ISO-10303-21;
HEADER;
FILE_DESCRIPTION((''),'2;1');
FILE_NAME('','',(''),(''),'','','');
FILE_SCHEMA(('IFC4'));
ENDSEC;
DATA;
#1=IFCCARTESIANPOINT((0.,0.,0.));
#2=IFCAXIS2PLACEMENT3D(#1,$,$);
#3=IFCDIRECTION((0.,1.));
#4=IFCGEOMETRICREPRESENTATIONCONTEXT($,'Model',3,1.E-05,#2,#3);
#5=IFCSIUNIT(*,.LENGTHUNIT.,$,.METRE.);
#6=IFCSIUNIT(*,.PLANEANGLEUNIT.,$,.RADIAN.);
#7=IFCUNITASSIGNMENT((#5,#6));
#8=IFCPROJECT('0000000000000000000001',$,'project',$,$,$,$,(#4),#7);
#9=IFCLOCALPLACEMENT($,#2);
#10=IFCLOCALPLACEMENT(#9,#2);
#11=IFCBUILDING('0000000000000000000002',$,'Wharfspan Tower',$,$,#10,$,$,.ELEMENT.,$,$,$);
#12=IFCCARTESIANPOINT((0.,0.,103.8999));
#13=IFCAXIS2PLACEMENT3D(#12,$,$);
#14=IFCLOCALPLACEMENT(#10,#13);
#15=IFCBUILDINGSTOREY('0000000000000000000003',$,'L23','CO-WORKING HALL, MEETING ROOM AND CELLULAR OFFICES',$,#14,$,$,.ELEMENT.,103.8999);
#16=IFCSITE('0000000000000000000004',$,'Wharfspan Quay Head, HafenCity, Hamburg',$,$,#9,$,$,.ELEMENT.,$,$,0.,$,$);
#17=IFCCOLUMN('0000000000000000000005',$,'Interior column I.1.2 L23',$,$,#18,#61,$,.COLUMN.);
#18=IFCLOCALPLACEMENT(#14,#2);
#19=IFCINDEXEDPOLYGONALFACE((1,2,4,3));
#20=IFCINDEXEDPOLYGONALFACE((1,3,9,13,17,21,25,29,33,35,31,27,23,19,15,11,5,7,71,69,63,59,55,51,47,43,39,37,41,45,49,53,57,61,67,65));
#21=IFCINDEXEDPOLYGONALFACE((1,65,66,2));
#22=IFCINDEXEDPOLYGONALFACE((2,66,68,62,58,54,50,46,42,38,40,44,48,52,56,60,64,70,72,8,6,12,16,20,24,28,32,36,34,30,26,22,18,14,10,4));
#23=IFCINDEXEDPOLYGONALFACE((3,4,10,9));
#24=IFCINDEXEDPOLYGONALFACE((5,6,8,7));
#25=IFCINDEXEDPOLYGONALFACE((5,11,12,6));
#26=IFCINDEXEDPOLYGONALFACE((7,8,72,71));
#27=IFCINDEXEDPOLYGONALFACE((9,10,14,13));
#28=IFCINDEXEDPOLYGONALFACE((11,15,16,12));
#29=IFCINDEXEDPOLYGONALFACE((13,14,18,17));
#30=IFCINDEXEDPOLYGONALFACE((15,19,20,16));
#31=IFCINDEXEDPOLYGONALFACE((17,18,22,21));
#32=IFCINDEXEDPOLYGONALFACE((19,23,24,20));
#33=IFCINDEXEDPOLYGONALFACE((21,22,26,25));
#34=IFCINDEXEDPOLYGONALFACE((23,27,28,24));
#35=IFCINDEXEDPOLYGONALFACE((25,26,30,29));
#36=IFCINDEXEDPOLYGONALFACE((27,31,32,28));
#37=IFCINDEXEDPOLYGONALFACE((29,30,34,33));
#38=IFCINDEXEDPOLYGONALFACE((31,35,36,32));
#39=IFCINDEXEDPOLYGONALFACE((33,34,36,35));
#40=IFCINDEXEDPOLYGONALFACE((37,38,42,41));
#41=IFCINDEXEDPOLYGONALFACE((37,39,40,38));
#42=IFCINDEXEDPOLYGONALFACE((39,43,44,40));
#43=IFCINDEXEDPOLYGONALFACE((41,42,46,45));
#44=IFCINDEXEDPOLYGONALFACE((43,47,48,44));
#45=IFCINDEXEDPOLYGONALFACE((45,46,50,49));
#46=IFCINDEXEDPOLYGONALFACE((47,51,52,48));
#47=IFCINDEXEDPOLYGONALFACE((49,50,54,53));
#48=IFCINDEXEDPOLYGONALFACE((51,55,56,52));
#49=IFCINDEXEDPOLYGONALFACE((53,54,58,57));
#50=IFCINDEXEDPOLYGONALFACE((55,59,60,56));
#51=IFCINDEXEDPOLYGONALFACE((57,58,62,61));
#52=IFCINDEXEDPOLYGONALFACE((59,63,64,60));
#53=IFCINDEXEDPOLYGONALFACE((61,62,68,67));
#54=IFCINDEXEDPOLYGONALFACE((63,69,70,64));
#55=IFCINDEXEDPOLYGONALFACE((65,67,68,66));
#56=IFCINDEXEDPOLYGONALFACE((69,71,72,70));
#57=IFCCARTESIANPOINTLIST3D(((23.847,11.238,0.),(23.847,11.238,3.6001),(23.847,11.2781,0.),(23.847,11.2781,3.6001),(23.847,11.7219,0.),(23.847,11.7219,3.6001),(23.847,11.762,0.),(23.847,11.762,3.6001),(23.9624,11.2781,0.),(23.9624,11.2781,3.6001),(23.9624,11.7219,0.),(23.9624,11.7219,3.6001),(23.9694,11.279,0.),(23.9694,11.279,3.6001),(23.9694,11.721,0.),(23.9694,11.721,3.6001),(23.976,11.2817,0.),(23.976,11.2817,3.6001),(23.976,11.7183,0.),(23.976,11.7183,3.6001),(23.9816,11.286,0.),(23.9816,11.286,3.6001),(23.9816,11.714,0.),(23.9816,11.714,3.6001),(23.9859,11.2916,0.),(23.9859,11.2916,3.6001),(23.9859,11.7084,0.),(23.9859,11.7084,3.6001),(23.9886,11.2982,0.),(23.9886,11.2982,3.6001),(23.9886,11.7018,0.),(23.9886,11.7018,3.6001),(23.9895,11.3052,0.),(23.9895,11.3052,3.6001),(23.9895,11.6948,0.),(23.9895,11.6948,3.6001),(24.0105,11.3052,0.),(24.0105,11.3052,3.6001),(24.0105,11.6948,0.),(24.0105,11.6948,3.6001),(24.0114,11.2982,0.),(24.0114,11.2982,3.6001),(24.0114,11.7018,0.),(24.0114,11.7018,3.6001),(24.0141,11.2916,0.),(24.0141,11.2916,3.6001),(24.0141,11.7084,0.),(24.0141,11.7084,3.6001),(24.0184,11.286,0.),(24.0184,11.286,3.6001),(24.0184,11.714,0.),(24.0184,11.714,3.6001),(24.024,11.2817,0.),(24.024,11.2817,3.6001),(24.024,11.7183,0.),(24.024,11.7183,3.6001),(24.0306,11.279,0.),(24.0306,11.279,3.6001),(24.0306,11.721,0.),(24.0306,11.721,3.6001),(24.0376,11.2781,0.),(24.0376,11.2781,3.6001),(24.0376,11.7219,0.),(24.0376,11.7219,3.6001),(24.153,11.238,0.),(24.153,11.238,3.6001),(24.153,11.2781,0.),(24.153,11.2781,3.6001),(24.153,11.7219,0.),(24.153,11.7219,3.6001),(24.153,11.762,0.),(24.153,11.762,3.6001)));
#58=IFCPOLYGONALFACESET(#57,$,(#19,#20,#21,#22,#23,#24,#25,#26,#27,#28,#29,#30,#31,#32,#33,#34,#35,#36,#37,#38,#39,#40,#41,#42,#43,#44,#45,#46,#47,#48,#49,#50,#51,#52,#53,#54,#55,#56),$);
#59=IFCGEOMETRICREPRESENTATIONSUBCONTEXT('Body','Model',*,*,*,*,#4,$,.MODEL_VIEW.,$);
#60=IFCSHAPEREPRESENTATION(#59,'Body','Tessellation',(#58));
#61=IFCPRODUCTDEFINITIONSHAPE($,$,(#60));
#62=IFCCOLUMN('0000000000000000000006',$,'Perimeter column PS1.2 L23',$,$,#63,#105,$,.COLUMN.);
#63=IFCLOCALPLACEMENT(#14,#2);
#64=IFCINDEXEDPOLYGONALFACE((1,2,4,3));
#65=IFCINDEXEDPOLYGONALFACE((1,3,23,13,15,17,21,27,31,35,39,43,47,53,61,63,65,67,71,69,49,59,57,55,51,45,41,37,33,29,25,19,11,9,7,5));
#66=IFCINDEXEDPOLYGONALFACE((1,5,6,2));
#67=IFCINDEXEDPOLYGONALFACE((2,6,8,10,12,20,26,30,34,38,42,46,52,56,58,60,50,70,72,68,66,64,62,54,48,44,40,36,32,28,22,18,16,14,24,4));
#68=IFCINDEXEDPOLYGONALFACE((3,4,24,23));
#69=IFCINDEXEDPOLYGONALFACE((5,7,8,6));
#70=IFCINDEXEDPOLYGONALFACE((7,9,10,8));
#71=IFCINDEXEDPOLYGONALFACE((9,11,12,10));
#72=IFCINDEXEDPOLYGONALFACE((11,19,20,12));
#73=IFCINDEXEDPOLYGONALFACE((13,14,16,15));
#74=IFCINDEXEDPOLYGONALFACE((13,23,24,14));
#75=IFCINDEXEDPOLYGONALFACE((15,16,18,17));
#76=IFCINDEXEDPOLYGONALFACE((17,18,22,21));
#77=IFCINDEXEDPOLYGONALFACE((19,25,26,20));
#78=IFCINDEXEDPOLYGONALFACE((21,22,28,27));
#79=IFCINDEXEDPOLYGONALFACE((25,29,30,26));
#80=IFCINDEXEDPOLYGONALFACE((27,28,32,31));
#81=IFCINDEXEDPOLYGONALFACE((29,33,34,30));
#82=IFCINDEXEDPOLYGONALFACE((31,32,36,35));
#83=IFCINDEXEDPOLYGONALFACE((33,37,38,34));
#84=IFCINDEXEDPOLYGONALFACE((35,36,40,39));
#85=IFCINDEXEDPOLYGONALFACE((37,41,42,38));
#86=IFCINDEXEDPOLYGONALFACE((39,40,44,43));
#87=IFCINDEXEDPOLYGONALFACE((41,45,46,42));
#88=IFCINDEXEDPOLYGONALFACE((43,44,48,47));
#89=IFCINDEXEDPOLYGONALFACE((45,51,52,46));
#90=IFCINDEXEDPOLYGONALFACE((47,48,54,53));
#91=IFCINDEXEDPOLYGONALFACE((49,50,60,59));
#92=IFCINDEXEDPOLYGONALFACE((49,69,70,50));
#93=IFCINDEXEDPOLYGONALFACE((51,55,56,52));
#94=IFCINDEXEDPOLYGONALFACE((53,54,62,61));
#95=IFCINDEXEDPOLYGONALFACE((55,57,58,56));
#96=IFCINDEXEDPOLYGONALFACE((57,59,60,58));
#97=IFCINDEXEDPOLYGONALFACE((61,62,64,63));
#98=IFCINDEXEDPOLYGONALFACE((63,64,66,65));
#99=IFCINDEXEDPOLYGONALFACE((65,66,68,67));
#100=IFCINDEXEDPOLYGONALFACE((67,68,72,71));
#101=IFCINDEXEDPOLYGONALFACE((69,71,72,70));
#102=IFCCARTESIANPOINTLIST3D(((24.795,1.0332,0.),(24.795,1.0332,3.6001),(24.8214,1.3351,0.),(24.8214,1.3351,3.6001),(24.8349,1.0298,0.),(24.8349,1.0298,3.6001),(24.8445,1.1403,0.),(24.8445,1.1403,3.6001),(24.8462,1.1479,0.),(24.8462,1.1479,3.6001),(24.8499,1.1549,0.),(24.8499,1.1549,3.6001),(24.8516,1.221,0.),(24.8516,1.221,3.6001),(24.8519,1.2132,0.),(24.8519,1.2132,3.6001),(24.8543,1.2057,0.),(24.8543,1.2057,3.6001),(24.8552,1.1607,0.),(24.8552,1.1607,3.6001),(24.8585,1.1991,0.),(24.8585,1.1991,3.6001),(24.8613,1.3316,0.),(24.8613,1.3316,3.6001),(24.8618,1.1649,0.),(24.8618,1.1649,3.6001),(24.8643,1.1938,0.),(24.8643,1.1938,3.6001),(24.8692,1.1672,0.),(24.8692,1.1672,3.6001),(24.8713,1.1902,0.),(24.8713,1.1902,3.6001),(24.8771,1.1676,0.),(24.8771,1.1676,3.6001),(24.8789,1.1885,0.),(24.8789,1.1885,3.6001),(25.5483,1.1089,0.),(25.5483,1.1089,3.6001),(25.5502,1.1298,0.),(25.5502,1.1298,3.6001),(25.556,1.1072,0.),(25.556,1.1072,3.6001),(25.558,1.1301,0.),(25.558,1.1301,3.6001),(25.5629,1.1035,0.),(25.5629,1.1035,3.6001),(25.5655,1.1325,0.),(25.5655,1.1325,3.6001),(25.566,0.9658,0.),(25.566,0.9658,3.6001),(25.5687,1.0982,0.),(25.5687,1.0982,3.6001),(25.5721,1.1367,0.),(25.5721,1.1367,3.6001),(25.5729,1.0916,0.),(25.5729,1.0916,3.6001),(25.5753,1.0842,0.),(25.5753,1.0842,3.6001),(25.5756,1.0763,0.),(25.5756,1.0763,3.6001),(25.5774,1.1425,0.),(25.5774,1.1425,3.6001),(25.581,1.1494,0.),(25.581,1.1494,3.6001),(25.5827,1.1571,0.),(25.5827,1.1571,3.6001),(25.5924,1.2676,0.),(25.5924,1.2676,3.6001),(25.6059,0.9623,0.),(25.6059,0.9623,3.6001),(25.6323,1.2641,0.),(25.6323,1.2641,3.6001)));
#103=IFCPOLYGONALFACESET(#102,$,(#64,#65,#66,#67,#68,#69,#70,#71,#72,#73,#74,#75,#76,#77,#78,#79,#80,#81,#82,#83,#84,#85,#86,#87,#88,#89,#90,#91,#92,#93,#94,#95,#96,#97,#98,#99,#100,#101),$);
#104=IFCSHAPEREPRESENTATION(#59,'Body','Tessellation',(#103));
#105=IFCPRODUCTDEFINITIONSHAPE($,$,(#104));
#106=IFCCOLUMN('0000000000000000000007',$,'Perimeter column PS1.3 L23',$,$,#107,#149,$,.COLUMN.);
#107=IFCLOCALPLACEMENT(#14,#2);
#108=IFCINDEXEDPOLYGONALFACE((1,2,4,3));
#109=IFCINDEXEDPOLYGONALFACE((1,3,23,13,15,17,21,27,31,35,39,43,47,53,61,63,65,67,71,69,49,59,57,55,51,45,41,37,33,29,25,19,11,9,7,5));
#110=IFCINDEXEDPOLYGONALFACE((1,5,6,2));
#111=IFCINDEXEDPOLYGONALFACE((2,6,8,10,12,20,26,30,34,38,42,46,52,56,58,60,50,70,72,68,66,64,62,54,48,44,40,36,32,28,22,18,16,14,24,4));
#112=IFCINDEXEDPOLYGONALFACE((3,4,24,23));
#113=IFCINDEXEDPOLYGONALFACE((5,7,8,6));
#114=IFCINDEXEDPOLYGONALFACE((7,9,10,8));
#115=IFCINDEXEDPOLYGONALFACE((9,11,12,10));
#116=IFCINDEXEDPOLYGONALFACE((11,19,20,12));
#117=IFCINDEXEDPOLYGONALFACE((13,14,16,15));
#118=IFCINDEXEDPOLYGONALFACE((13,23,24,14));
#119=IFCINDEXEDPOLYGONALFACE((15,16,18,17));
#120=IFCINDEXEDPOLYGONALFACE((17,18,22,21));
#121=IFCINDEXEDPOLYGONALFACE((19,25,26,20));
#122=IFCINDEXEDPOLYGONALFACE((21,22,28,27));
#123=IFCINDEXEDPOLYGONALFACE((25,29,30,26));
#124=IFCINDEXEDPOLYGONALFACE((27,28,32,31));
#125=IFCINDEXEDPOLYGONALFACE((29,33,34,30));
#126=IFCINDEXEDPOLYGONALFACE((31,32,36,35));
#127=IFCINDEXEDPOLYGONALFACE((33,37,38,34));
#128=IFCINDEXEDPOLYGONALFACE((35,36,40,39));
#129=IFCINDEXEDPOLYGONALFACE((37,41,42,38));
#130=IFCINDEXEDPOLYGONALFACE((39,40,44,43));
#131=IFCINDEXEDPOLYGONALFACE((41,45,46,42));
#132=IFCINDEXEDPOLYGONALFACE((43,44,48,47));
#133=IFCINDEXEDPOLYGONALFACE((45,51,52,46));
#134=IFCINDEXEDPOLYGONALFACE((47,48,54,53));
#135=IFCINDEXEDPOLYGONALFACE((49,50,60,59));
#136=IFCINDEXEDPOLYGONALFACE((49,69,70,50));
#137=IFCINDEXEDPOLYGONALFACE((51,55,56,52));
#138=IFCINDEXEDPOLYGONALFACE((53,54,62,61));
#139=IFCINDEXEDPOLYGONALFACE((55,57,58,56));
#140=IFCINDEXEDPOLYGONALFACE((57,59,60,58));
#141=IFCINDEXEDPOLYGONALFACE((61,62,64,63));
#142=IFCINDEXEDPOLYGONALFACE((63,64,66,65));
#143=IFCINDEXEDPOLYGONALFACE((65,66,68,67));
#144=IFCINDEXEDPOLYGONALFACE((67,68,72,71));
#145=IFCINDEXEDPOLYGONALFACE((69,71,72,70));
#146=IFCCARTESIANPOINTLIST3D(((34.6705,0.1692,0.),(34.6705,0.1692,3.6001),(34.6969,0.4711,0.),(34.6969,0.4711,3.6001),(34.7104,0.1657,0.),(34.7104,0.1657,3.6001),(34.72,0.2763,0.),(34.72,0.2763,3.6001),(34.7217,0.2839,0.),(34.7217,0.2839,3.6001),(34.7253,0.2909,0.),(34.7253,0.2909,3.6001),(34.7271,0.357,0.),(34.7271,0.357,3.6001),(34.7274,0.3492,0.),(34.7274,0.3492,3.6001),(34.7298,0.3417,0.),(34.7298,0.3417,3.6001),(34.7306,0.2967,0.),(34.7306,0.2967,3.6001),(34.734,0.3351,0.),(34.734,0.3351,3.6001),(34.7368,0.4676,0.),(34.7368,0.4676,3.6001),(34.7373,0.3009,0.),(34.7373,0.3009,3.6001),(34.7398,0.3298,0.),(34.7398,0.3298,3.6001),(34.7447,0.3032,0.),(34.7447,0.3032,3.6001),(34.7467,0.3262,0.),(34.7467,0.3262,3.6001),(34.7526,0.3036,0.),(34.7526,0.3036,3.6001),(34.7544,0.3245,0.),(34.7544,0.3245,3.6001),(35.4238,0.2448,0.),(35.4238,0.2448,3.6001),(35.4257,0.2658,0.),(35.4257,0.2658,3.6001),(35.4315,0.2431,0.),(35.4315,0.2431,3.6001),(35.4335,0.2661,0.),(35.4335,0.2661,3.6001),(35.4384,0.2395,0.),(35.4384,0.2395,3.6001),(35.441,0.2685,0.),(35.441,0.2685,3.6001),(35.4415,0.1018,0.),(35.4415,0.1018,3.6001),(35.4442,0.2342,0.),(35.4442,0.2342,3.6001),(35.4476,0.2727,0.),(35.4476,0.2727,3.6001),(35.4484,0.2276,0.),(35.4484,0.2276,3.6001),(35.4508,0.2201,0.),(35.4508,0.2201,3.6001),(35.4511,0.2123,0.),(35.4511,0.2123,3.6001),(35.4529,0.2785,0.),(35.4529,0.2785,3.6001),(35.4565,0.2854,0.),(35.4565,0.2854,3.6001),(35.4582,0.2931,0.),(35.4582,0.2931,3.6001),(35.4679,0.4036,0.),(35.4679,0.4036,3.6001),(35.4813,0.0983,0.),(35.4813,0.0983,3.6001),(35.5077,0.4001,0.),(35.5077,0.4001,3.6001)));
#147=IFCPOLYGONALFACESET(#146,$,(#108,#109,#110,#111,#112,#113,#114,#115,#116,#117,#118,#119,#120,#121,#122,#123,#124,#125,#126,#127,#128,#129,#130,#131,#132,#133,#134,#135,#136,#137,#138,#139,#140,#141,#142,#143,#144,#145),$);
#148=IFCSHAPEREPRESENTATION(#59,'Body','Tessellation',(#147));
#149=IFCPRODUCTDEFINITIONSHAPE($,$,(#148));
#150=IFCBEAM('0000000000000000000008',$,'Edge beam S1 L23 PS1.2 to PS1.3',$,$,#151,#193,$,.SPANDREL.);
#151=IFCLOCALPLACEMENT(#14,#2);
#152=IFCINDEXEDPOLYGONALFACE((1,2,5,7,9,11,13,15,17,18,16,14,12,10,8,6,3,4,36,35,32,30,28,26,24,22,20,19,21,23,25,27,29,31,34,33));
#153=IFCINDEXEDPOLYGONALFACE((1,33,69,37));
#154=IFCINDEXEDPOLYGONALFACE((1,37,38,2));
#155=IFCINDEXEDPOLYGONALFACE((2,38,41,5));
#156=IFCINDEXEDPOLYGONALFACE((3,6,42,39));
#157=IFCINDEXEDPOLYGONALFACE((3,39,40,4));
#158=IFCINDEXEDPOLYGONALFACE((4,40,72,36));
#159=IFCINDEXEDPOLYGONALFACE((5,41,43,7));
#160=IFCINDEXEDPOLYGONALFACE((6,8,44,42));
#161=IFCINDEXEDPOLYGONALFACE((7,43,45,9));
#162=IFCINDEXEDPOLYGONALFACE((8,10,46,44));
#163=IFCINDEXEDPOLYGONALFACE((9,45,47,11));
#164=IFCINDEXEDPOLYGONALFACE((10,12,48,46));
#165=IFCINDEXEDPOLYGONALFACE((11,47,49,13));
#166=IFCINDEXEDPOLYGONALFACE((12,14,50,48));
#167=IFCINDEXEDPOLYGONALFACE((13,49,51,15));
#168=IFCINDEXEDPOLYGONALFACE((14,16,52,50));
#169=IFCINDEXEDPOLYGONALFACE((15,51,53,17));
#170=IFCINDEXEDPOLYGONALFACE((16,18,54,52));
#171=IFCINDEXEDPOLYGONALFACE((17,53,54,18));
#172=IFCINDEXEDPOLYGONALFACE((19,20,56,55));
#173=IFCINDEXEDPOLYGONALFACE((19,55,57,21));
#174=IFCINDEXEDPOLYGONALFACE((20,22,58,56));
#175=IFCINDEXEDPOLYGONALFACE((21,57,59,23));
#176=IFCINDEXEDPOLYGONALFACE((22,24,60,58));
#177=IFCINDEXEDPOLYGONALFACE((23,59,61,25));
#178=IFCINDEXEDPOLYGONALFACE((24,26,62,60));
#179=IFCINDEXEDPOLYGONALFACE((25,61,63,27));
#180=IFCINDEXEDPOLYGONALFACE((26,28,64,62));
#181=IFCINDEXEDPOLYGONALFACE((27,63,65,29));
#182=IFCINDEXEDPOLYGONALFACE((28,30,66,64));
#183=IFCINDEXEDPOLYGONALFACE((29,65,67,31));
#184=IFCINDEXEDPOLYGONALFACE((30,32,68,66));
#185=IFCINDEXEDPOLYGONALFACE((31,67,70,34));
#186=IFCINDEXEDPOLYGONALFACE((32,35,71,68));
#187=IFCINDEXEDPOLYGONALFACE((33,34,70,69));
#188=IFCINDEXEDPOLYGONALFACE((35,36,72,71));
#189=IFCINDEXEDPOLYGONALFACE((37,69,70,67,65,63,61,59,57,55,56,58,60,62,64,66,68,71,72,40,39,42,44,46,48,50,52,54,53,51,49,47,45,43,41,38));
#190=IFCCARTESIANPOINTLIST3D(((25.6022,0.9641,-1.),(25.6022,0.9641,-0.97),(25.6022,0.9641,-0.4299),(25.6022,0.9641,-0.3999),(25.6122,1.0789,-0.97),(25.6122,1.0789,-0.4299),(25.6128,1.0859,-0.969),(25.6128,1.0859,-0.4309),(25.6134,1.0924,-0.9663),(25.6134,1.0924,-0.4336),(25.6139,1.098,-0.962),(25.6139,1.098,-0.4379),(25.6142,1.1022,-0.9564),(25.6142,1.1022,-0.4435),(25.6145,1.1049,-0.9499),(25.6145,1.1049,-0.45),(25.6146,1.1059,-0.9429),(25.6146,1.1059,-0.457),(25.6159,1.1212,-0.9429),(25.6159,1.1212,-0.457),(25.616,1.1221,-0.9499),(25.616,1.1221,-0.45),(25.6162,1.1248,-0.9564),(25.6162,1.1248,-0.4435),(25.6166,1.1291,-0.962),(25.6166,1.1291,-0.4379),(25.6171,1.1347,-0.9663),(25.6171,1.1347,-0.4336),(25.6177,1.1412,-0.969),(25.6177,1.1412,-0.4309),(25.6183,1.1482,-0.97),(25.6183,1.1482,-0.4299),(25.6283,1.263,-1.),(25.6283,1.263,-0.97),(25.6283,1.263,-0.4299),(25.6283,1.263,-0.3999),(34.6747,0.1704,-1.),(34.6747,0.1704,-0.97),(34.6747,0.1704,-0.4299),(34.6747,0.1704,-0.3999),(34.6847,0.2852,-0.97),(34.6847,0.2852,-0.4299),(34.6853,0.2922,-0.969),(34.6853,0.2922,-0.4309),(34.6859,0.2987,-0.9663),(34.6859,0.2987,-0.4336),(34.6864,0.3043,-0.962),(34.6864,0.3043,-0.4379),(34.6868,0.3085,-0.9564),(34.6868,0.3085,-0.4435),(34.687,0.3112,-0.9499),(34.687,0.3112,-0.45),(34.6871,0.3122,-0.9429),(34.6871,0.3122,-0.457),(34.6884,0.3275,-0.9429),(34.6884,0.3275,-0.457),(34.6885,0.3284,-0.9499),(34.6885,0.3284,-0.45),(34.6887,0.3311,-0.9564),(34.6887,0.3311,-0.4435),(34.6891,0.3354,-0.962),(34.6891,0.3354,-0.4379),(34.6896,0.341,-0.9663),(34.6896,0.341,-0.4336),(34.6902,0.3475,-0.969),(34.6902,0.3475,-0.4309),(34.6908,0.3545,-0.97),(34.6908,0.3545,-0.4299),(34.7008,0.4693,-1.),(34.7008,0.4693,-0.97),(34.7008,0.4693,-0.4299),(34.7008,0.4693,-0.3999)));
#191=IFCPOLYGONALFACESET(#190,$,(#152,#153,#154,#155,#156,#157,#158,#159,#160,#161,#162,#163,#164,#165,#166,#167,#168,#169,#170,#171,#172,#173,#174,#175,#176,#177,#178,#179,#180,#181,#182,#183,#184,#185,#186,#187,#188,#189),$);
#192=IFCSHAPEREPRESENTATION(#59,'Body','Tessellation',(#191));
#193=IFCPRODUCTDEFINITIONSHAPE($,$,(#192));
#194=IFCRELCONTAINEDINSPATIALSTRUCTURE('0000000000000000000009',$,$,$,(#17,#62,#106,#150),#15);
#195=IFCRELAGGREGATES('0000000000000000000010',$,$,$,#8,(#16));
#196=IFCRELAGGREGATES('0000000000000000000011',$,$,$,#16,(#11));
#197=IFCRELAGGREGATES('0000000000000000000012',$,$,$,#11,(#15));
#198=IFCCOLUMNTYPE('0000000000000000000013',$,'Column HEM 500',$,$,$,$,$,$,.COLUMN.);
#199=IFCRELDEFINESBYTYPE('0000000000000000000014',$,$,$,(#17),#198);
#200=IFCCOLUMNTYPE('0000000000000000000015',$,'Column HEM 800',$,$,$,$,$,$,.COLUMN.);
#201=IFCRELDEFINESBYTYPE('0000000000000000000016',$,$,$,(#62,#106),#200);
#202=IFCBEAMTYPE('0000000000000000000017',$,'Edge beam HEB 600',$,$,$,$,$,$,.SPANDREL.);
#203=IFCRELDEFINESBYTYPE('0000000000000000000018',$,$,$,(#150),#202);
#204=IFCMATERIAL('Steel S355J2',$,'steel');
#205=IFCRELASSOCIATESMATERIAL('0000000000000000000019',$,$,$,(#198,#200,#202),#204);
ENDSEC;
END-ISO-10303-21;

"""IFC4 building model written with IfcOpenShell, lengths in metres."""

from ifc_helpers import new_model, si_unit, direction, frame, origin, origin_2d, place, context, subcontext, project, spatial, i_section, extrude, material, material_profile, profile_set, type_object, element, save


model = new_model("IFC4")

# Units and contexts
model_context = context("Model", 3, precision=1e-05, world=origin(), true_north=direction((0.0, 1.0)))
body_context = subcontext(model_context, "Body", "Model", "MODEL_VIEW")
ifc_project = project(units=[si_unit("LENGTHUNIT", "METRE"), si_unit("PLANEANGLEUNIT", "RADIAN")], contexts=[model_context])

# Site, building, storey
site_placement = place(None, origin())
site = spatial("IfcSite", under=ifc_project, at=site_placement, Name="Wharfspan Quay Head, HafenCity, Hamburg", CompositionType="ELEMENT", RefElevation=0.0)
building_placement = place(site_placement, origin())
building = spatial("IfcBuilding", under=site, at=building_placement, Name="Wharfspan Tower", CompositionType="ELEMENT")
storey_placement = place(building_placement, frame((0.0, 0.0, 103.8999)))
storey = spatial("IfcBuildingStorey", under=building, at=storey_placement, Name="L23", Description="CO-WORKING HALL, MEETING ROOM AND CELLULAR OFFICES", CompositionType="ELEMENT", Elevation=103.8999)

# Columns
ifc_material_1 = material(Name="Steel S355J2", Category="steel")
ifc_material_profile_1 = material_profile(ifc_material_1, i_section(OverallWidth=0.3059, OverallDepth=0.5239, WebThickness=0.021, FlangeThickness=0.04, FilletRadius=0.0271, at=origin_2d()))
ifc_profile_set_1 = profile_set([ifc_material_profile_1], Name="Steel S355J2")
column_type_1 = type_object("IfcColumnType", Name="Column HEM 500", PredefinedType="COLUMN", material=ifc_profile_set_1)
column_placement = place(storey_placement, frame((24.0, 11.5, 0.0), z_axis=(0.0, 0.0, 1.0), x_axis=(1.0, 0.0, 0.0)))
element("IfcColumn", 1, at=column_placement, inside=storey, type_object=column_type_1, Name="Interior column I.1.2 L23", PredefinedType="COLUMN", context=body_context, shape_type="SweptSolid", body=[
    extrude(i_section(OverallWidth=0.3059, OverallDepth=0.5239, WebThickness=0.021, FlangeThickness=0.04, FilletRadius=0.0271, at=origin_2d()), origin(), (0.0, 0.0, 1.0), 3.6001),
])
ifc_material_profile_2 = material_profile(ifc_material_1, i_section(OverallWidth=0.303, OverallDepth=0.814, WebThickness=0.021, FlangeThickness=0.04, FilletRadius=0.03, at=origin_2d()))
ifc_profile_set_2 = profile_set([ifc_material_profile_2], Name="Steel S355J2")
column_type_2 = type_object("IfcColumnType", Name="Column HEM 800", PredefinedType="COLUMN", material=ifc_profile_set_2)
for number, where, z_axis, x_axis, name in (
    (2, (25.2136, 1.1487, 0.0), (0.0, 0.0, 1.0), (-0.087156, -0.996198, 0.0), "Perimeter column PS1.2 L23"),
    (3, (35.0891, 0.2847, 0.0), (0.0, 0.0, 1.0), (-0.087156, -0.996198, 0.0), "Perimeter column PS1.3 L23"),
):
    element("IfcColumn", number, at=place(storey_placement, frame(where, z_axis=z_axis, x_axis=x_axis)), inside=storey, type_object=column_type_2, Name=name, PredefinedType="COLUMN", context=body_context, shape_type="SweptSolid", body=[
        extrude(i_section(OverallWidth=0.303, OverallDepth=0.814, WebThickness=0.021, FlangeThickness=0.04, FilletRadius=0.03, at=origin_2d()), origin(), (0.0, 0.0, 1.0), 3.6001),
    ])

# Beam
ifc_material_profile_3 = material_profile(ifc_material_1, i_section(OverallWidth=0.3, OverallDepth=0.6001, WebThickness=0.0154, FlangeThickness=0.03, FilletRadius=0.0271, at=origin_2d()))
ifc_profile_set_3 = profile_set([ifc_material_profile_3], Name="Steel S355J2")
beam_type = type_object("IfcBeamType", Name="Edge beam HEB 600", PredefinedType="SPANDREL", material=ifc_profile_set_3)
beam_1_placement = place(storey_placement, frame((25.6152, 1.1135, -0.7), z_axis=(0.996195, -0.087151, 0.0), x_axis=(0.087151, 0.996195, 0.0)))
element("IfcBeam", 4, at=beam_1_placement, inside=storey, type_object=beam_type, Name="Edge beam S1 L23 PS1.2 to PS1.3", PredefinedType="SPANDREL", context=body_context, shape_type="SweptSolid", body=[
    extrude(i_section(OverallWidth=0.3, OverallDepth=0.6001, WebThickness=0.0154, FlangeThickness=0.03, FilletRadius=0.0271, at=origin_2d()), origin(), (0.0, 0.0, 1.0), 9.1072),
])

save(model, "model.ifc")
